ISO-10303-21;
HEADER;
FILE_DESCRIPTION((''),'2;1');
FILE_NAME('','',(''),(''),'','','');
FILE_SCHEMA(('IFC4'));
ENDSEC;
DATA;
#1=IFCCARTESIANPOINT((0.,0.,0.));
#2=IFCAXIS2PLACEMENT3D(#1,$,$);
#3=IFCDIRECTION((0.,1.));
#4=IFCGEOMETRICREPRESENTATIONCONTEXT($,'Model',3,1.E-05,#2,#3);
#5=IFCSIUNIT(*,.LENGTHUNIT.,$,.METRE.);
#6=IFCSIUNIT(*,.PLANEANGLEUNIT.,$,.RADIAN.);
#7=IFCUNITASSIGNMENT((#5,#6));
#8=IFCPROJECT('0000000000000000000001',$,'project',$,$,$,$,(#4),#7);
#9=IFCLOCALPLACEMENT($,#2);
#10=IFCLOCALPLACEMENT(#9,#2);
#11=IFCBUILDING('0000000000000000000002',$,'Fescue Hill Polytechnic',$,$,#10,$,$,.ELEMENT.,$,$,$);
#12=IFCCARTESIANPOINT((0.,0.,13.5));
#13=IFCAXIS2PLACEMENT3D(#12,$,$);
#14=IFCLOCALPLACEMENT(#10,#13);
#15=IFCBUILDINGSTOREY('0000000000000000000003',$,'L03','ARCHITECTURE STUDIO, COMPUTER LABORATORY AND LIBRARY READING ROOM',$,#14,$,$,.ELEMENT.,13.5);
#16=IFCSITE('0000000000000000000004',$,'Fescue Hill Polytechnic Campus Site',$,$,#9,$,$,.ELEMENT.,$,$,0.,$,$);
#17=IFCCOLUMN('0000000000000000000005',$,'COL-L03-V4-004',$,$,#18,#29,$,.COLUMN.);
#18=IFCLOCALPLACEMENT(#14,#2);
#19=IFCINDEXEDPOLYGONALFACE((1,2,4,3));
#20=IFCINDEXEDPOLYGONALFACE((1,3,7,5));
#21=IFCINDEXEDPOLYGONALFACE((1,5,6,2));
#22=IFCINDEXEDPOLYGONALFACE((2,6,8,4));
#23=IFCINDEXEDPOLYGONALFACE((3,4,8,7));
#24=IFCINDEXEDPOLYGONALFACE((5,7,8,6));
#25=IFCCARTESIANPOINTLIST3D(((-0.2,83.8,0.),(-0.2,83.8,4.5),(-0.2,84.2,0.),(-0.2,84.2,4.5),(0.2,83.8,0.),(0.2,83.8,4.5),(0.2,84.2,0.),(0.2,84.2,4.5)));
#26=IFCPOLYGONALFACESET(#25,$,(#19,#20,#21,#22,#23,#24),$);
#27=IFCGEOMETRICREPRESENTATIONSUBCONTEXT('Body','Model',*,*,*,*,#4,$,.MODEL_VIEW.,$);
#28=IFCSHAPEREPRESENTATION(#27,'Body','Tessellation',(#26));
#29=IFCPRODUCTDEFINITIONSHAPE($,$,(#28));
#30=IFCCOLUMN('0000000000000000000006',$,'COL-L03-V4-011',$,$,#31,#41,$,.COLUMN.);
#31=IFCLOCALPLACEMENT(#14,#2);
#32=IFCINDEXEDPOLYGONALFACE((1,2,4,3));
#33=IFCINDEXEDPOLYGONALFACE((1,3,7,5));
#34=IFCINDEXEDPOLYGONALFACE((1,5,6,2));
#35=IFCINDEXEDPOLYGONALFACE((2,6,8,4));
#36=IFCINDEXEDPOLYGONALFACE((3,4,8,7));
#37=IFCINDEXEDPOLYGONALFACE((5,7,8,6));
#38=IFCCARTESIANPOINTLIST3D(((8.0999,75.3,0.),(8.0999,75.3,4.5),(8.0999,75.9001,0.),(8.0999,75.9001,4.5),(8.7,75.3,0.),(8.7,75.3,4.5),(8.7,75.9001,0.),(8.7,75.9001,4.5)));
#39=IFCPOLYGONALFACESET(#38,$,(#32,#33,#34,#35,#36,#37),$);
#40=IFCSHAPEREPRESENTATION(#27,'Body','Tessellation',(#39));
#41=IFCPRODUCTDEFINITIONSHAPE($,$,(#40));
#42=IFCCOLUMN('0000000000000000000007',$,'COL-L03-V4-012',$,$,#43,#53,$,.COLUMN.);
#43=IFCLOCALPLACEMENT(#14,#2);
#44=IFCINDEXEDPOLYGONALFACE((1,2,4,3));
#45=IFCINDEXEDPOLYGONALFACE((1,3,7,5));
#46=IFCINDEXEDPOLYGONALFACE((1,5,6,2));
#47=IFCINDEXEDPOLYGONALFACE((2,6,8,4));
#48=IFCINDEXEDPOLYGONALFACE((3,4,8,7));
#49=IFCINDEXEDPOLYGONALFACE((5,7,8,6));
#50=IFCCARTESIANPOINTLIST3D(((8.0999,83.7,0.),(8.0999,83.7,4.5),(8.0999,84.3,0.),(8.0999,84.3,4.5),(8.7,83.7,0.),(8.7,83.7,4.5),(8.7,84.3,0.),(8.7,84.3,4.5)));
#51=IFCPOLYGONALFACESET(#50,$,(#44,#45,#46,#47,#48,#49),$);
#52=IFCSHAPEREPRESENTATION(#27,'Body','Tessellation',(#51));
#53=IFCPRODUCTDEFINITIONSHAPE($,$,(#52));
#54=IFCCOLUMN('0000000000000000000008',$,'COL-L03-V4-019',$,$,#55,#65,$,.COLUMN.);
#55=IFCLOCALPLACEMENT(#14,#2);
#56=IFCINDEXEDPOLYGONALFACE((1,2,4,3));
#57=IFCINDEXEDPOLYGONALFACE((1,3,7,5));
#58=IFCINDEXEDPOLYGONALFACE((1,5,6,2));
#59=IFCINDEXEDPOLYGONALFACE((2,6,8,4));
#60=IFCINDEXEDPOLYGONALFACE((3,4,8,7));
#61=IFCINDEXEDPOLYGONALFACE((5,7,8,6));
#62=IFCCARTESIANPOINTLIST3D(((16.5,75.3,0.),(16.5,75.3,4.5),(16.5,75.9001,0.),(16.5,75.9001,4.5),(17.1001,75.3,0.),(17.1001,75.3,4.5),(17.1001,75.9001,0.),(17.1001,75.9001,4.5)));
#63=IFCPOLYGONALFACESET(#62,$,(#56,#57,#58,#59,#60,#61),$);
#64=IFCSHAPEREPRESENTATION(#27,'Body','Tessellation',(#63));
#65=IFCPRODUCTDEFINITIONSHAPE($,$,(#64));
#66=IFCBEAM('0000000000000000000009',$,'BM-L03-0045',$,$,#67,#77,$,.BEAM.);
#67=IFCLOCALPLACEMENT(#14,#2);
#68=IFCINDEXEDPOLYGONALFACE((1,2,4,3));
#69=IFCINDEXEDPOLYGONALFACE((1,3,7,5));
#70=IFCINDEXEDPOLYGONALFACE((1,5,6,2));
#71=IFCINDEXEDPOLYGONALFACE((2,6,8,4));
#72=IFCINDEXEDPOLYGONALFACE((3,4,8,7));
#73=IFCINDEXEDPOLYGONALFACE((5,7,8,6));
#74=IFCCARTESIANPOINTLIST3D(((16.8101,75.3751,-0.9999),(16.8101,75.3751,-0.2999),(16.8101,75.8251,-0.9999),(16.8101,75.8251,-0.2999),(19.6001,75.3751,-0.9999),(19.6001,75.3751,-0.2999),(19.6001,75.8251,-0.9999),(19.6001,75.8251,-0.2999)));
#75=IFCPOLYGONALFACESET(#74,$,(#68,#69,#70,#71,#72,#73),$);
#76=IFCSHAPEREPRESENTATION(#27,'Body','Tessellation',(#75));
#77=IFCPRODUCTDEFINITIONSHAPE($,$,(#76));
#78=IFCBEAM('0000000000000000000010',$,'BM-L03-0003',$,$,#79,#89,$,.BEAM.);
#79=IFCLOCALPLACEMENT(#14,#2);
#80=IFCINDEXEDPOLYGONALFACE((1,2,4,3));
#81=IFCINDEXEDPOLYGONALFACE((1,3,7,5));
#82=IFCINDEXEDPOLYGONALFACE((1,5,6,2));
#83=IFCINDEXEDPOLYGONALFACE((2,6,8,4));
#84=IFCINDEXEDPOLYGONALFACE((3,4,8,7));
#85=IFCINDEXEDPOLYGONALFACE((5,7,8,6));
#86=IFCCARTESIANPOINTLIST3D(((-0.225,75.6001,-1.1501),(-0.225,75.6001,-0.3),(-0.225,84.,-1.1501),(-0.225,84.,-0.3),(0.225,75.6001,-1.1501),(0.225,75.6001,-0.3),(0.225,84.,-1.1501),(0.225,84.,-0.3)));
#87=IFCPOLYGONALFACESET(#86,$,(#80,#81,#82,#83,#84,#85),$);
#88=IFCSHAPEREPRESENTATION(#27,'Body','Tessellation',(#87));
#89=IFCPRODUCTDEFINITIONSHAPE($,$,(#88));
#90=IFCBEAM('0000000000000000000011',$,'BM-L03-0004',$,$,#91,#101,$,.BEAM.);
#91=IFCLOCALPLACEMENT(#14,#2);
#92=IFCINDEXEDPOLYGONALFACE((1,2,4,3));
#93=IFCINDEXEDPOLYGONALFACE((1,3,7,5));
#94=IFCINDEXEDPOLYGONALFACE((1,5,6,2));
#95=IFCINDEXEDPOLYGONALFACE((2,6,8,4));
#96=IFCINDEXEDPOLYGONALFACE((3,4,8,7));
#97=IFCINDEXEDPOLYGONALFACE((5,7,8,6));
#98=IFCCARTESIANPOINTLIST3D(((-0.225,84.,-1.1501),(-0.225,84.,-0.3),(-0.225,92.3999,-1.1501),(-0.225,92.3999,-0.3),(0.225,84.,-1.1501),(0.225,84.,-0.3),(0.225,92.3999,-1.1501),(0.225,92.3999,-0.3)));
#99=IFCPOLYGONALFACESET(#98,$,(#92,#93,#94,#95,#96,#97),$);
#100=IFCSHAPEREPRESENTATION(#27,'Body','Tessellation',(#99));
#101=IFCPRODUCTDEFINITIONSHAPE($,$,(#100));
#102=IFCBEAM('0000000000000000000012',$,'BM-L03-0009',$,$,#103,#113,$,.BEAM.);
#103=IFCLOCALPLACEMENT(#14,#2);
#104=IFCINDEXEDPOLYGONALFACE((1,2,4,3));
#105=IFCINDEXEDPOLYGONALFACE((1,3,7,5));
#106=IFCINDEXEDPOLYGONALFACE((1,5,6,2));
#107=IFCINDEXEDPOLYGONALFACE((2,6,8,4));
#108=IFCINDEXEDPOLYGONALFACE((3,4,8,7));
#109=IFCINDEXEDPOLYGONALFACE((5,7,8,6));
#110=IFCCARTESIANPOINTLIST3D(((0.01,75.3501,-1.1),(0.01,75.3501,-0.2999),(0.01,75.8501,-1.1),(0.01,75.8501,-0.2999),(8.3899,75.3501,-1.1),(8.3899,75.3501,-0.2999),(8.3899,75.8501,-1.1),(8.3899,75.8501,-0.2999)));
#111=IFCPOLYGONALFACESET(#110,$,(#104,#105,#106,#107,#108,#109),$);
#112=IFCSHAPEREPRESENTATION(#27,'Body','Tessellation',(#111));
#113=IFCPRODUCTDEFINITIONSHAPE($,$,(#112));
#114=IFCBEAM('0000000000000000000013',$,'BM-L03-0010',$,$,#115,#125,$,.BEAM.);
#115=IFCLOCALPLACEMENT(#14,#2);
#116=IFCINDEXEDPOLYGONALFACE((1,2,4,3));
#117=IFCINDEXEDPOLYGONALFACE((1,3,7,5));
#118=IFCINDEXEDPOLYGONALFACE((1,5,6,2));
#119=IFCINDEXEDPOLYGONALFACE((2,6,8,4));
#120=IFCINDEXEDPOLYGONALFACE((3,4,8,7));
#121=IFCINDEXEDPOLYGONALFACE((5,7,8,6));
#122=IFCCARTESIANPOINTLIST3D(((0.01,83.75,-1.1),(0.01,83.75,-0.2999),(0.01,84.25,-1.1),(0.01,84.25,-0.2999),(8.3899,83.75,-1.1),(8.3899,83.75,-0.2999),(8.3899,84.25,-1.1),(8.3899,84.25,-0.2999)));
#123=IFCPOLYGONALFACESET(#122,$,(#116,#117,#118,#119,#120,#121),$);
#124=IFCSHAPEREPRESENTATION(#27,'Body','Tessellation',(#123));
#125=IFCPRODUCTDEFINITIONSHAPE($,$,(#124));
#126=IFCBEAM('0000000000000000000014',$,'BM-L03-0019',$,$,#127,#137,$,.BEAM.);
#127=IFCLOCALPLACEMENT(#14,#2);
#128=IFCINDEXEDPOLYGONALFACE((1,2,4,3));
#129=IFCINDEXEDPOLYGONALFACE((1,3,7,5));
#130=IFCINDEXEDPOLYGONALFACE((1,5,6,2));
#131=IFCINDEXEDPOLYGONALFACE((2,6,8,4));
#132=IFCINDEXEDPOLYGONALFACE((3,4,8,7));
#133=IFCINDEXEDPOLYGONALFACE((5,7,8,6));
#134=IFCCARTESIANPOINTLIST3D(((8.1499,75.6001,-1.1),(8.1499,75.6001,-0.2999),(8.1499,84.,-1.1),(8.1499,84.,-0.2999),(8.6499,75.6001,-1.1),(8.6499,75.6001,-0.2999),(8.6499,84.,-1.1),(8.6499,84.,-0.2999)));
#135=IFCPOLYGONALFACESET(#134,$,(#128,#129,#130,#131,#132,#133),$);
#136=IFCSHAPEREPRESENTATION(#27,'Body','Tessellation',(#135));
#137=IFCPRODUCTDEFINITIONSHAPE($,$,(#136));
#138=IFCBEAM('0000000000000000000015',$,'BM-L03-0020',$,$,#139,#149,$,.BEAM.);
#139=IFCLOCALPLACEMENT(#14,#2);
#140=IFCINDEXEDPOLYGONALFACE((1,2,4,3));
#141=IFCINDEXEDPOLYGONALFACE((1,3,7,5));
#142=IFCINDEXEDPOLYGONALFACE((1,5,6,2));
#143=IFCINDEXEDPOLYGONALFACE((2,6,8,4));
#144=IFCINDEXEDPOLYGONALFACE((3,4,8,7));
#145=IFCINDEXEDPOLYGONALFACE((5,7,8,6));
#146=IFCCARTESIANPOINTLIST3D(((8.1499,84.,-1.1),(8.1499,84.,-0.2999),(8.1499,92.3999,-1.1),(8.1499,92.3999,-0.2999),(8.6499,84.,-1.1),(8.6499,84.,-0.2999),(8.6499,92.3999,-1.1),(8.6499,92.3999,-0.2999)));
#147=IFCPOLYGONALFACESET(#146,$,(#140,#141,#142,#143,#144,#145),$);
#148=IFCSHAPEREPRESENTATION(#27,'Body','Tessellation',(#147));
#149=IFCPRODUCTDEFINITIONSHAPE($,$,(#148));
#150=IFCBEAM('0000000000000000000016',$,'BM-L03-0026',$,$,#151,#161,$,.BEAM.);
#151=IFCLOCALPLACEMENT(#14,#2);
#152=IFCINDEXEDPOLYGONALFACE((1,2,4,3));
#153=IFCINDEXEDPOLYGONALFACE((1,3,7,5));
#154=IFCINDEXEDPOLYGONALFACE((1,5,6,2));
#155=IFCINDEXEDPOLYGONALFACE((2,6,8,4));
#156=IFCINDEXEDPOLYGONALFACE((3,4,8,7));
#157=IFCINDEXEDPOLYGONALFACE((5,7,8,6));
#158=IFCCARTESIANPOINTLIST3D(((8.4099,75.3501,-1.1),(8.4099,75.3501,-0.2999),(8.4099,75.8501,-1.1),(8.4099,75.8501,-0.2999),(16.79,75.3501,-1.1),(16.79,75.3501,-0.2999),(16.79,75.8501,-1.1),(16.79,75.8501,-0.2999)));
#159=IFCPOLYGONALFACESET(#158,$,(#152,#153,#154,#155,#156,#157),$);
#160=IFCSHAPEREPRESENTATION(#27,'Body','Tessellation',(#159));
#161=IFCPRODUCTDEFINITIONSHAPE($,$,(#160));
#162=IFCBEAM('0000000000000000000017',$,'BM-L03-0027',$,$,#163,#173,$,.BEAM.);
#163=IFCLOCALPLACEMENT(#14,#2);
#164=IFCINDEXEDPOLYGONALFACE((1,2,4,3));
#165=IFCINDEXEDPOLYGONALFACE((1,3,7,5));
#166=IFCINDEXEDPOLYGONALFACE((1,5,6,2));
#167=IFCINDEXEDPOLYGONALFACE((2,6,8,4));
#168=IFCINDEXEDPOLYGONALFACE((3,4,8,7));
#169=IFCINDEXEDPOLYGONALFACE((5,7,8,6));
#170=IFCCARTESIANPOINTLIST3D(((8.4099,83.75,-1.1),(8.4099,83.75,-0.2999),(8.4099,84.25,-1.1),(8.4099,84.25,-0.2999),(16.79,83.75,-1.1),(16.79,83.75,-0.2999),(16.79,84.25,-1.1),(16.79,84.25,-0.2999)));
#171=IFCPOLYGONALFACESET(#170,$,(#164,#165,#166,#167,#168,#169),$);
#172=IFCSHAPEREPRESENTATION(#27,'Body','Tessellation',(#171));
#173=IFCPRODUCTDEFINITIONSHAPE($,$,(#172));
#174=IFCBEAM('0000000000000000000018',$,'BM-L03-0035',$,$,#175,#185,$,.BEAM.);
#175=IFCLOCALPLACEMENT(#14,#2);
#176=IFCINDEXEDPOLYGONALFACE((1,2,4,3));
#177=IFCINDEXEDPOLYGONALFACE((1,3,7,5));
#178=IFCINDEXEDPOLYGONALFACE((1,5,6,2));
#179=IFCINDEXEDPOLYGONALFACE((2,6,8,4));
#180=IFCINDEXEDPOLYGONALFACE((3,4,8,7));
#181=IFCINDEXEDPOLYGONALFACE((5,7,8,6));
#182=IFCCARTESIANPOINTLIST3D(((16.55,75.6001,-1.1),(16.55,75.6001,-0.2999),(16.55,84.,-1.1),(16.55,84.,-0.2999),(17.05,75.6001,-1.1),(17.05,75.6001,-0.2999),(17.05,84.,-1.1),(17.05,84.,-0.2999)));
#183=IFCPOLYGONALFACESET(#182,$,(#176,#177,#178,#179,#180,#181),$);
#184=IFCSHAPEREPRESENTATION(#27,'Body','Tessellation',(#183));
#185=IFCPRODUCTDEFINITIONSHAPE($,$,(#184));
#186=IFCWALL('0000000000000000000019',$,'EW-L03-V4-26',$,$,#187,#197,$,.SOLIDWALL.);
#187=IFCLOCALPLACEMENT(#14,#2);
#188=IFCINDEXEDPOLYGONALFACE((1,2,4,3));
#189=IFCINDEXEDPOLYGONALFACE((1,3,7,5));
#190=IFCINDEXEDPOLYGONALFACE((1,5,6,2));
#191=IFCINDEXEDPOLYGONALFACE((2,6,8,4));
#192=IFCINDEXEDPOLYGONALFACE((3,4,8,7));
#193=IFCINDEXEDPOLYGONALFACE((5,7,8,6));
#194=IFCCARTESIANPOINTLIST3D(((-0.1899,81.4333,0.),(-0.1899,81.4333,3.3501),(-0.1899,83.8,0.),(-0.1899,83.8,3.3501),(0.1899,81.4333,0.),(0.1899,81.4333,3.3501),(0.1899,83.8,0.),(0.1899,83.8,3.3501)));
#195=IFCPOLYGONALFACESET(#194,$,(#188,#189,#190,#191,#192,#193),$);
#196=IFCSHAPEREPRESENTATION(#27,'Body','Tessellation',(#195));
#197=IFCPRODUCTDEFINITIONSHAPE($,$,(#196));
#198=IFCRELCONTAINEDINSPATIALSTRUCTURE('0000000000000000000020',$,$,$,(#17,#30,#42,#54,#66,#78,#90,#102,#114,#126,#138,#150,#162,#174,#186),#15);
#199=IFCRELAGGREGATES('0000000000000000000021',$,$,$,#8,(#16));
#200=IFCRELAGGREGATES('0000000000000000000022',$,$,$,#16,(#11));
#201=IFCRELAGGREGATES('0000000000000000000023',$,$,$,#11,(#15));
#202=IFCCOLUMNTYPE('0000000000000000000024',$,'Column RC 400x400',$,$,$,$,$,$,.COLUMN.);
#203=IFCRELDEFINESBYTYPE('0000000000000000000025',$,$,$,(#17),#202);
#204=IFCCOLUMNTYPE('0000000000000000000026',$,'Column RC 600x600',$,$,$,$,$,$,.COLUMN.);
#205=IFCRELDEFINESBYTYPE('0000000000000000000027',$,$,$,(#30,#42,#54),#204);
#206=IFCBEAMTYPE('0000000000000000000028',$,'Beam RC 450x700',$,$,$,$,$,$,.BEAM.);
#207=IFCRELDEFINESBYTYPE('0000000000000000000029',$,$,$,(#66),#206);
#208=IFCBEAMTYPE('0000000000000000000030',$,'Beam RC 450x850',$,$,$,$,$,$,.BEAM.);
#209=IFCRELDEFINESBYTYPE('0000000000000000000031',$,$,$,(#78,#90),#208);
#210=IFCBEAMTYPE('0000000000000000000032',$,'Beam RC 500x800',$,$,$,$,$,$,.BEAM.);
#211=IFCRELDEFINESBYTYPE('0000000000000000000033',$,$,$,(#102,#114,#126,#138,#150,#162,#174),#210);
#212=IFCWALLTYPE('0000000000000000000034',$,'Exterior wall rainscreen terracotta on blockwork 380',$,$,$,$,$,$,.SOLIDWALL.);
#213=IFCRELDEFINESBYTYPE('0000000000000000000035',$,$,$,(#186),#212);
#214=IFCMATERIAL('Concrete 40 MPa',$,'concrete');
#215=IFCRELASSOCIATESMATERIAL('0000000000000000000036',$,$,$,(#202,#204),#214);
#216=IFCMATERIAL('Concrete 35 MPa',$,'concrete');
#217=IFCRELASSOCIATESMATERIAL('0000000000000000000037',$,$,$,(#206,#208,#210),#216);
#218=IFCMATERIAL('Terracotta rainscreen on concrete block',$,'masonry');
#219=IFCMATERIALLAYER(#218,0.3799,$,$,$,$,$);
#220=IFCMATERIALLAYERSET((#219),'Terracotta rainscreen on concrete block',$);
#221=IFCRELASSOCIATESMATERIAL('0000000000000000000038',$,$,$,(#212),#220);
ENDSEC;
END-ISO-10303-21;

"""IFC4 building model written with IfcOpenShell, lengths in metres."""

from ifc_helpers import new_model, si_unit, direction, frame, frame_2d, origin, origin_2d, place, context, subcontext, project, spatial, rectangle, extrude, material, layer, layer_set, material_profile, profile_set, type_object, element, save


model = new_model("IFC4")

# Units and contexts
model_context = context("Model", 3, precision=1e-05, world=origin(), true_north=direction((0.0, 1.0)))
body_context = subcontext(model_context, "Body", "Model", "MODEL_VIEW")
ifc_project = project(units=[si_unit("LENGTHUNIT", "METRE"), si_unit("PLANEANGLEUNIT", "RADIAN")], contexts=[model_context])

# Site, building, storey
site_placement = place(None, origin())
site = spatial("IfcSite", under=ifc_project, at=site_placement, Name="Fescue Hill Polytechnic Campus Site", CompositionType="ELEMENT", RefElevation=0.0)
building_placement = place(site_placement, origin())
building = spatial("IfcBuilding", under=site, at=building_placement, Name="Fescue Hill Polytechnic", CompositionType="ELEMENT")
storey_placement = place(building_placement, frame((0.0, 0.0, 13.5)))
storey = spatial("IfcBuildingStorey", under=building, at=storey_placement, Name="L03", Description="ARCHITECTURE STUDIO, COMPUTER LABORATORY AND LIBRARY READING ROOM", CompositionType="ELEMENT", Elevation=13.5)

# Columns
ifc_material_1 = material(Name="Concrete 40 MPa", Category="concrete")
ifc_material_profile_1 = material_profile(ifc_material_1, rectangle(XDim=0.3999, YDim=0.3999, at=origin_2d()), Name="RC 400x400")
ifc_profile_set_1 = profile_set([ifc_material_profile_1], Name="Concrete 40 MPa")
column_type_1 = type_object("IfcColumnType", Name="Column RC 400x400", PredefinedType="COLUMN", material=ifc_profile_set_1)
column_placement = place(storey_placement, frame((0.0, 84.0, 0.0), z_axis=(0.0, 0.0, 1.0), x_axis=(1.0, 0.0, 0.0)))
element("IfcColumn", 1, at=column_placement, inside=storey, type_object=column_type_1, Name="COL-L03-V4-004", PredefinedType="COLUMN", context=body_context, shape_type="SweptSolid", body=[
    extrude(rectangle(XDim=0.3999, YDim=0.3999, at=origin_2d()), origin(), (0.0, 0.0, 1.0), 4.5),
])
ifc_material_profile_2 = material_profile(ifc_material_1, rectangle(XDim=0.6001, YDim=0.6001, at=origin_2d()), Name="RC 600x600")
ifc_profile_set_2 = profile_set([ifc_material_profile_2], Name="Concrete 40 MPa")
column_type_2 = type_object("IfcColumnType", Name="Column RC 600x600", PredefinedType="COLUMN", material=ifc_profile_set_2)
for number, where, z_axis, x_axis, name in (
    (2, (8.3999, 75.6001, 0.0), (0.0, 0.0, 1.0), (1.0, 0.0, 0.0), "COL-L03-V4-011"),
    (3, (8.3999, 84.0, 0.0), (0.0, 0.0, 1.0), (1.0, 0.0, 0.0), "COL-L03-V4-012"),
    (4, (16.8, 75.6001, 0.0), (0.0, 0.0, 1.0), (1.0, 0.0, 0.0), "COL-L03-V4-019"),
):
    element("IfcColumn", number, at=place(storey_placement, frame(where, z_axis=z_axis, x_axis=x_axis)), inside=storey, type_object=column_type_2, Name=name, PredefinedType="COLUMN", context=body_context, shape_type="SweptSolid", body=[
        extrude(rectangle(XDim=0.6001, YDim=0.6001, at=origin_2d()), origin(), (0.0, 0.0, 1.0), 4.5),
    ])

# Beams
ifc_material_2 = material(Name="Concrete 35 MPa", Category="concrete")
ifc_material_profile_3 = material_profile(ifc_material_2, rectangle(XDim=0.45, YDim=0.7, at=origin_2d()), Name="RC 450x700")
ifc_profile_set_3 = profile_set([ifc_material_profile_3], Name="Concrete 35 MPa")
beam_type_1 = type_object("IfcBeamType", Name="Beam RC 450x700", PredefinedType="BEAM", material=ifc_profile_set_3)
beam_1_placement = place(storey_placement, frame((16.8101, 75.6001, -0.6499), z_axis=(1.0, 0.0, 0.0), x_axis=(0.0, 1.0, 0.0)))
element("IfcBeam", 5, at=beam_1_placement, inside=storey, type_object=beam_type_1, Name="BM-L03-0045", PredefinedType="BEAM", context=body_context, shape_type="SweptSolid", body=[
    extrude(rectangle(XDim=0.45, YDim=0.7, at=origin_2d()), origin(), (0.0, 0.0, 1.0), 2.79),
])
ifc_material_profile_4 = material_profile(ifc_material_2, rectangle(XDim=0.45, YDim=0.8501, at=origin_2d()), Name="RC 450x850")
ifc_profile_set_4 = profile_set([ifc_material_profile_4], Name="Concrete 35 MPa")
beam_type_2 = type_object("IfcBeamType", Name="Beam RC 450x850", PredefinedType="BEAM", material=ifc_profile_set_4)
for number, where, z_axis, x_axis, name in (
    (6, (0.0, 75.6001, -0.7251), (0.0, 1.0, 0.0), (-1.0, 0.0, 0.0), "BM-L03-0003"),
    (7, (0.0, 84.0, -0.7251), (0.0, 1.0, 0.0), (-1.0, 0.0, 0.0), "BM-L03-0004"),
):
    element("IfcBeam", number, at=place(storey_placement, frame(where, z_axis=z_axis, x_axis=x_axis)), inside=storey, type_object=beam_type_2, Name=name, PredefinedType="BEAM", context=body_context, shape_type="SweptSolid", body=[
        extrude(rectangle(XDim=0.45, YDim=0.8501, at=origin_2d()), origin(), (0.0, 0.0, 1.0), 8.3999),
    ])
ifc_material_profile_5 = material_profile(ifc_material_2, rectangle(XDim=0.5, YDim=0.8, at=origin_2d()), Name="RC 500x800")
ifc_profile_set_5 = profile_set([ifc_material_profile_5], Name="Concrete 35 MPa")
beam_type_3 = type_object("IfcBeamType", Name="Beam RC 500x800", PredefinedType="BEAM", material=ifc_profile_set_5)
for number, where, z_axis, x_axis, name in (
    (8, (0.01, 75.6001, -0.7), (1.0, 0.0, 0.0), (0.0, 1.0, 0.0), "BM-L03-0009"),
    (9, (0.01, 84.0, -0.7), (1.0, 0.0, 0.0), (0.0, 1.0, 0.0), "BM-L03-0010"),
):
    element("IfcBeam", number, at=place(storey_placement, frame(where, z_axis=z_axis, x_axis=x_axis)), inside=storey, type_object=beam_type_3, Name=name, PredefinedType="BEAM", context=body_context, shape_type="SweptSolid", body=[
        extrude(rectangle(XDim=0.5, YDim=0.8, at=origin_2d()), origin(), (0.0, 0.0, 1.0), 8.3799),
    ])
for number, where, z_axis, x_axis, name in (
    (10, (8.3999, 75.6001, -0.7), (0.0, 1.0, 0.0), (-1.0, 0.0, 0.0), "BM-L03-0019"),
    (11, (8.3999, 84.0, -0.7), (0.0, 1.0, 0.0), (-1.0, 0.0, 0.0), "BM-L03-0020"),
):
    element("IfcBeam", number, at=place(storey_placement, frame(where, z_axis=z_axis, x_axis=x_axis)), inside=storey, type_object=beam_type_3, Name=name, PredefinedType="BEAM", context=body_context, shape_type="SweptSolid", body=[
        extrude(rectangle(XDim=0.5, YDim=0.8, at=origin_2d()), origin(), (0.0, 0.0, 1.0), 8.3999),
    ])
for number, where, z_axis, x_axis, name in (
    (12, (8.4099, 75.6001, -0.7), (1.0, 0.0, 0.0), (0.0, 1.0, 0.0), "BM-L03-0026"),
    (13, (8.4099, 84.0, -0.7), (1.0, 0.0, 0.0), (0.0, 1.0, 0.0), "BM-L03-0027"),
):
    element("IfcBeam", number, at=place(storey_placement, frame(where, z_axis=z_axis, x_axis=x_axis)), inside=storey, type_object=beam_type_3, Name=name, PredefinedType="BEAM", context=body_context, shape_type="SweptSolid", body=[
        extrude(rectangle(XDim=0.5, YDim=0.8, at=origin_2d()), origin(), (0.0, 0.0, 1.0), 8.3801),
    ])
beam_2_placement = place(storey_placement, frame((16.8, 75.6001, -0.7), z_axis=(0.0, 1.0, 0.0), x_axis=(-1.0, 0.0, 0.0)))
element("IfcBeam", 14, at=beam_2_placement, inside=storey, type_object=beam_type_3, Name="BM-L03-0035", PredefinedType="BEAM", context=body_context, shape_type="SweptSolid", body=[
    extrude(rectangle(XDim=0.5, YDim=0.8, at=origin_2d()), origin(), (0.0, 0.0, 1.0), 8.3999),
])

# Wall
ifc_material_3 = material(Name="Terracotta rainscreen on concrete block", Category="masonry")
ifc_layer_1 = layer(ifc_material_3, 0.3799)
ifc_layer_set_1 = layer_set([ifc_layer_1], Name="Terracotta rainscreen on concrete block")
wall_type_1 = type_object("IfcWallType", Name="Exterior wall rainscreen terracotta on blockwork 380", PredefinedType="SOLIDWALL", material=ifc_layer_set_1)
wall_1_placement = place(storey_placement, frame((0.0, 83.8, 0.0), z_axis=(0.0, 0.0, 1.0), x_axis=(0.0, -1.0, 0.0)))
element("IfcWall", 15, at=wall_1_placement, inside=storey, type_object=wall_type_1, Name="EW-L03-V4-26", PredefinedType="SOLIDWALL", context=body_context, shape_type="SweptSolid", body=[
    extrude(rectangle(XDim=2.3667, YDim=0.3799, at=frame_2d((1.1833, 0.0))), origin(), (0.0, 0.0, 1.0), 3.3501),
])

save(model, "model.ifc")
